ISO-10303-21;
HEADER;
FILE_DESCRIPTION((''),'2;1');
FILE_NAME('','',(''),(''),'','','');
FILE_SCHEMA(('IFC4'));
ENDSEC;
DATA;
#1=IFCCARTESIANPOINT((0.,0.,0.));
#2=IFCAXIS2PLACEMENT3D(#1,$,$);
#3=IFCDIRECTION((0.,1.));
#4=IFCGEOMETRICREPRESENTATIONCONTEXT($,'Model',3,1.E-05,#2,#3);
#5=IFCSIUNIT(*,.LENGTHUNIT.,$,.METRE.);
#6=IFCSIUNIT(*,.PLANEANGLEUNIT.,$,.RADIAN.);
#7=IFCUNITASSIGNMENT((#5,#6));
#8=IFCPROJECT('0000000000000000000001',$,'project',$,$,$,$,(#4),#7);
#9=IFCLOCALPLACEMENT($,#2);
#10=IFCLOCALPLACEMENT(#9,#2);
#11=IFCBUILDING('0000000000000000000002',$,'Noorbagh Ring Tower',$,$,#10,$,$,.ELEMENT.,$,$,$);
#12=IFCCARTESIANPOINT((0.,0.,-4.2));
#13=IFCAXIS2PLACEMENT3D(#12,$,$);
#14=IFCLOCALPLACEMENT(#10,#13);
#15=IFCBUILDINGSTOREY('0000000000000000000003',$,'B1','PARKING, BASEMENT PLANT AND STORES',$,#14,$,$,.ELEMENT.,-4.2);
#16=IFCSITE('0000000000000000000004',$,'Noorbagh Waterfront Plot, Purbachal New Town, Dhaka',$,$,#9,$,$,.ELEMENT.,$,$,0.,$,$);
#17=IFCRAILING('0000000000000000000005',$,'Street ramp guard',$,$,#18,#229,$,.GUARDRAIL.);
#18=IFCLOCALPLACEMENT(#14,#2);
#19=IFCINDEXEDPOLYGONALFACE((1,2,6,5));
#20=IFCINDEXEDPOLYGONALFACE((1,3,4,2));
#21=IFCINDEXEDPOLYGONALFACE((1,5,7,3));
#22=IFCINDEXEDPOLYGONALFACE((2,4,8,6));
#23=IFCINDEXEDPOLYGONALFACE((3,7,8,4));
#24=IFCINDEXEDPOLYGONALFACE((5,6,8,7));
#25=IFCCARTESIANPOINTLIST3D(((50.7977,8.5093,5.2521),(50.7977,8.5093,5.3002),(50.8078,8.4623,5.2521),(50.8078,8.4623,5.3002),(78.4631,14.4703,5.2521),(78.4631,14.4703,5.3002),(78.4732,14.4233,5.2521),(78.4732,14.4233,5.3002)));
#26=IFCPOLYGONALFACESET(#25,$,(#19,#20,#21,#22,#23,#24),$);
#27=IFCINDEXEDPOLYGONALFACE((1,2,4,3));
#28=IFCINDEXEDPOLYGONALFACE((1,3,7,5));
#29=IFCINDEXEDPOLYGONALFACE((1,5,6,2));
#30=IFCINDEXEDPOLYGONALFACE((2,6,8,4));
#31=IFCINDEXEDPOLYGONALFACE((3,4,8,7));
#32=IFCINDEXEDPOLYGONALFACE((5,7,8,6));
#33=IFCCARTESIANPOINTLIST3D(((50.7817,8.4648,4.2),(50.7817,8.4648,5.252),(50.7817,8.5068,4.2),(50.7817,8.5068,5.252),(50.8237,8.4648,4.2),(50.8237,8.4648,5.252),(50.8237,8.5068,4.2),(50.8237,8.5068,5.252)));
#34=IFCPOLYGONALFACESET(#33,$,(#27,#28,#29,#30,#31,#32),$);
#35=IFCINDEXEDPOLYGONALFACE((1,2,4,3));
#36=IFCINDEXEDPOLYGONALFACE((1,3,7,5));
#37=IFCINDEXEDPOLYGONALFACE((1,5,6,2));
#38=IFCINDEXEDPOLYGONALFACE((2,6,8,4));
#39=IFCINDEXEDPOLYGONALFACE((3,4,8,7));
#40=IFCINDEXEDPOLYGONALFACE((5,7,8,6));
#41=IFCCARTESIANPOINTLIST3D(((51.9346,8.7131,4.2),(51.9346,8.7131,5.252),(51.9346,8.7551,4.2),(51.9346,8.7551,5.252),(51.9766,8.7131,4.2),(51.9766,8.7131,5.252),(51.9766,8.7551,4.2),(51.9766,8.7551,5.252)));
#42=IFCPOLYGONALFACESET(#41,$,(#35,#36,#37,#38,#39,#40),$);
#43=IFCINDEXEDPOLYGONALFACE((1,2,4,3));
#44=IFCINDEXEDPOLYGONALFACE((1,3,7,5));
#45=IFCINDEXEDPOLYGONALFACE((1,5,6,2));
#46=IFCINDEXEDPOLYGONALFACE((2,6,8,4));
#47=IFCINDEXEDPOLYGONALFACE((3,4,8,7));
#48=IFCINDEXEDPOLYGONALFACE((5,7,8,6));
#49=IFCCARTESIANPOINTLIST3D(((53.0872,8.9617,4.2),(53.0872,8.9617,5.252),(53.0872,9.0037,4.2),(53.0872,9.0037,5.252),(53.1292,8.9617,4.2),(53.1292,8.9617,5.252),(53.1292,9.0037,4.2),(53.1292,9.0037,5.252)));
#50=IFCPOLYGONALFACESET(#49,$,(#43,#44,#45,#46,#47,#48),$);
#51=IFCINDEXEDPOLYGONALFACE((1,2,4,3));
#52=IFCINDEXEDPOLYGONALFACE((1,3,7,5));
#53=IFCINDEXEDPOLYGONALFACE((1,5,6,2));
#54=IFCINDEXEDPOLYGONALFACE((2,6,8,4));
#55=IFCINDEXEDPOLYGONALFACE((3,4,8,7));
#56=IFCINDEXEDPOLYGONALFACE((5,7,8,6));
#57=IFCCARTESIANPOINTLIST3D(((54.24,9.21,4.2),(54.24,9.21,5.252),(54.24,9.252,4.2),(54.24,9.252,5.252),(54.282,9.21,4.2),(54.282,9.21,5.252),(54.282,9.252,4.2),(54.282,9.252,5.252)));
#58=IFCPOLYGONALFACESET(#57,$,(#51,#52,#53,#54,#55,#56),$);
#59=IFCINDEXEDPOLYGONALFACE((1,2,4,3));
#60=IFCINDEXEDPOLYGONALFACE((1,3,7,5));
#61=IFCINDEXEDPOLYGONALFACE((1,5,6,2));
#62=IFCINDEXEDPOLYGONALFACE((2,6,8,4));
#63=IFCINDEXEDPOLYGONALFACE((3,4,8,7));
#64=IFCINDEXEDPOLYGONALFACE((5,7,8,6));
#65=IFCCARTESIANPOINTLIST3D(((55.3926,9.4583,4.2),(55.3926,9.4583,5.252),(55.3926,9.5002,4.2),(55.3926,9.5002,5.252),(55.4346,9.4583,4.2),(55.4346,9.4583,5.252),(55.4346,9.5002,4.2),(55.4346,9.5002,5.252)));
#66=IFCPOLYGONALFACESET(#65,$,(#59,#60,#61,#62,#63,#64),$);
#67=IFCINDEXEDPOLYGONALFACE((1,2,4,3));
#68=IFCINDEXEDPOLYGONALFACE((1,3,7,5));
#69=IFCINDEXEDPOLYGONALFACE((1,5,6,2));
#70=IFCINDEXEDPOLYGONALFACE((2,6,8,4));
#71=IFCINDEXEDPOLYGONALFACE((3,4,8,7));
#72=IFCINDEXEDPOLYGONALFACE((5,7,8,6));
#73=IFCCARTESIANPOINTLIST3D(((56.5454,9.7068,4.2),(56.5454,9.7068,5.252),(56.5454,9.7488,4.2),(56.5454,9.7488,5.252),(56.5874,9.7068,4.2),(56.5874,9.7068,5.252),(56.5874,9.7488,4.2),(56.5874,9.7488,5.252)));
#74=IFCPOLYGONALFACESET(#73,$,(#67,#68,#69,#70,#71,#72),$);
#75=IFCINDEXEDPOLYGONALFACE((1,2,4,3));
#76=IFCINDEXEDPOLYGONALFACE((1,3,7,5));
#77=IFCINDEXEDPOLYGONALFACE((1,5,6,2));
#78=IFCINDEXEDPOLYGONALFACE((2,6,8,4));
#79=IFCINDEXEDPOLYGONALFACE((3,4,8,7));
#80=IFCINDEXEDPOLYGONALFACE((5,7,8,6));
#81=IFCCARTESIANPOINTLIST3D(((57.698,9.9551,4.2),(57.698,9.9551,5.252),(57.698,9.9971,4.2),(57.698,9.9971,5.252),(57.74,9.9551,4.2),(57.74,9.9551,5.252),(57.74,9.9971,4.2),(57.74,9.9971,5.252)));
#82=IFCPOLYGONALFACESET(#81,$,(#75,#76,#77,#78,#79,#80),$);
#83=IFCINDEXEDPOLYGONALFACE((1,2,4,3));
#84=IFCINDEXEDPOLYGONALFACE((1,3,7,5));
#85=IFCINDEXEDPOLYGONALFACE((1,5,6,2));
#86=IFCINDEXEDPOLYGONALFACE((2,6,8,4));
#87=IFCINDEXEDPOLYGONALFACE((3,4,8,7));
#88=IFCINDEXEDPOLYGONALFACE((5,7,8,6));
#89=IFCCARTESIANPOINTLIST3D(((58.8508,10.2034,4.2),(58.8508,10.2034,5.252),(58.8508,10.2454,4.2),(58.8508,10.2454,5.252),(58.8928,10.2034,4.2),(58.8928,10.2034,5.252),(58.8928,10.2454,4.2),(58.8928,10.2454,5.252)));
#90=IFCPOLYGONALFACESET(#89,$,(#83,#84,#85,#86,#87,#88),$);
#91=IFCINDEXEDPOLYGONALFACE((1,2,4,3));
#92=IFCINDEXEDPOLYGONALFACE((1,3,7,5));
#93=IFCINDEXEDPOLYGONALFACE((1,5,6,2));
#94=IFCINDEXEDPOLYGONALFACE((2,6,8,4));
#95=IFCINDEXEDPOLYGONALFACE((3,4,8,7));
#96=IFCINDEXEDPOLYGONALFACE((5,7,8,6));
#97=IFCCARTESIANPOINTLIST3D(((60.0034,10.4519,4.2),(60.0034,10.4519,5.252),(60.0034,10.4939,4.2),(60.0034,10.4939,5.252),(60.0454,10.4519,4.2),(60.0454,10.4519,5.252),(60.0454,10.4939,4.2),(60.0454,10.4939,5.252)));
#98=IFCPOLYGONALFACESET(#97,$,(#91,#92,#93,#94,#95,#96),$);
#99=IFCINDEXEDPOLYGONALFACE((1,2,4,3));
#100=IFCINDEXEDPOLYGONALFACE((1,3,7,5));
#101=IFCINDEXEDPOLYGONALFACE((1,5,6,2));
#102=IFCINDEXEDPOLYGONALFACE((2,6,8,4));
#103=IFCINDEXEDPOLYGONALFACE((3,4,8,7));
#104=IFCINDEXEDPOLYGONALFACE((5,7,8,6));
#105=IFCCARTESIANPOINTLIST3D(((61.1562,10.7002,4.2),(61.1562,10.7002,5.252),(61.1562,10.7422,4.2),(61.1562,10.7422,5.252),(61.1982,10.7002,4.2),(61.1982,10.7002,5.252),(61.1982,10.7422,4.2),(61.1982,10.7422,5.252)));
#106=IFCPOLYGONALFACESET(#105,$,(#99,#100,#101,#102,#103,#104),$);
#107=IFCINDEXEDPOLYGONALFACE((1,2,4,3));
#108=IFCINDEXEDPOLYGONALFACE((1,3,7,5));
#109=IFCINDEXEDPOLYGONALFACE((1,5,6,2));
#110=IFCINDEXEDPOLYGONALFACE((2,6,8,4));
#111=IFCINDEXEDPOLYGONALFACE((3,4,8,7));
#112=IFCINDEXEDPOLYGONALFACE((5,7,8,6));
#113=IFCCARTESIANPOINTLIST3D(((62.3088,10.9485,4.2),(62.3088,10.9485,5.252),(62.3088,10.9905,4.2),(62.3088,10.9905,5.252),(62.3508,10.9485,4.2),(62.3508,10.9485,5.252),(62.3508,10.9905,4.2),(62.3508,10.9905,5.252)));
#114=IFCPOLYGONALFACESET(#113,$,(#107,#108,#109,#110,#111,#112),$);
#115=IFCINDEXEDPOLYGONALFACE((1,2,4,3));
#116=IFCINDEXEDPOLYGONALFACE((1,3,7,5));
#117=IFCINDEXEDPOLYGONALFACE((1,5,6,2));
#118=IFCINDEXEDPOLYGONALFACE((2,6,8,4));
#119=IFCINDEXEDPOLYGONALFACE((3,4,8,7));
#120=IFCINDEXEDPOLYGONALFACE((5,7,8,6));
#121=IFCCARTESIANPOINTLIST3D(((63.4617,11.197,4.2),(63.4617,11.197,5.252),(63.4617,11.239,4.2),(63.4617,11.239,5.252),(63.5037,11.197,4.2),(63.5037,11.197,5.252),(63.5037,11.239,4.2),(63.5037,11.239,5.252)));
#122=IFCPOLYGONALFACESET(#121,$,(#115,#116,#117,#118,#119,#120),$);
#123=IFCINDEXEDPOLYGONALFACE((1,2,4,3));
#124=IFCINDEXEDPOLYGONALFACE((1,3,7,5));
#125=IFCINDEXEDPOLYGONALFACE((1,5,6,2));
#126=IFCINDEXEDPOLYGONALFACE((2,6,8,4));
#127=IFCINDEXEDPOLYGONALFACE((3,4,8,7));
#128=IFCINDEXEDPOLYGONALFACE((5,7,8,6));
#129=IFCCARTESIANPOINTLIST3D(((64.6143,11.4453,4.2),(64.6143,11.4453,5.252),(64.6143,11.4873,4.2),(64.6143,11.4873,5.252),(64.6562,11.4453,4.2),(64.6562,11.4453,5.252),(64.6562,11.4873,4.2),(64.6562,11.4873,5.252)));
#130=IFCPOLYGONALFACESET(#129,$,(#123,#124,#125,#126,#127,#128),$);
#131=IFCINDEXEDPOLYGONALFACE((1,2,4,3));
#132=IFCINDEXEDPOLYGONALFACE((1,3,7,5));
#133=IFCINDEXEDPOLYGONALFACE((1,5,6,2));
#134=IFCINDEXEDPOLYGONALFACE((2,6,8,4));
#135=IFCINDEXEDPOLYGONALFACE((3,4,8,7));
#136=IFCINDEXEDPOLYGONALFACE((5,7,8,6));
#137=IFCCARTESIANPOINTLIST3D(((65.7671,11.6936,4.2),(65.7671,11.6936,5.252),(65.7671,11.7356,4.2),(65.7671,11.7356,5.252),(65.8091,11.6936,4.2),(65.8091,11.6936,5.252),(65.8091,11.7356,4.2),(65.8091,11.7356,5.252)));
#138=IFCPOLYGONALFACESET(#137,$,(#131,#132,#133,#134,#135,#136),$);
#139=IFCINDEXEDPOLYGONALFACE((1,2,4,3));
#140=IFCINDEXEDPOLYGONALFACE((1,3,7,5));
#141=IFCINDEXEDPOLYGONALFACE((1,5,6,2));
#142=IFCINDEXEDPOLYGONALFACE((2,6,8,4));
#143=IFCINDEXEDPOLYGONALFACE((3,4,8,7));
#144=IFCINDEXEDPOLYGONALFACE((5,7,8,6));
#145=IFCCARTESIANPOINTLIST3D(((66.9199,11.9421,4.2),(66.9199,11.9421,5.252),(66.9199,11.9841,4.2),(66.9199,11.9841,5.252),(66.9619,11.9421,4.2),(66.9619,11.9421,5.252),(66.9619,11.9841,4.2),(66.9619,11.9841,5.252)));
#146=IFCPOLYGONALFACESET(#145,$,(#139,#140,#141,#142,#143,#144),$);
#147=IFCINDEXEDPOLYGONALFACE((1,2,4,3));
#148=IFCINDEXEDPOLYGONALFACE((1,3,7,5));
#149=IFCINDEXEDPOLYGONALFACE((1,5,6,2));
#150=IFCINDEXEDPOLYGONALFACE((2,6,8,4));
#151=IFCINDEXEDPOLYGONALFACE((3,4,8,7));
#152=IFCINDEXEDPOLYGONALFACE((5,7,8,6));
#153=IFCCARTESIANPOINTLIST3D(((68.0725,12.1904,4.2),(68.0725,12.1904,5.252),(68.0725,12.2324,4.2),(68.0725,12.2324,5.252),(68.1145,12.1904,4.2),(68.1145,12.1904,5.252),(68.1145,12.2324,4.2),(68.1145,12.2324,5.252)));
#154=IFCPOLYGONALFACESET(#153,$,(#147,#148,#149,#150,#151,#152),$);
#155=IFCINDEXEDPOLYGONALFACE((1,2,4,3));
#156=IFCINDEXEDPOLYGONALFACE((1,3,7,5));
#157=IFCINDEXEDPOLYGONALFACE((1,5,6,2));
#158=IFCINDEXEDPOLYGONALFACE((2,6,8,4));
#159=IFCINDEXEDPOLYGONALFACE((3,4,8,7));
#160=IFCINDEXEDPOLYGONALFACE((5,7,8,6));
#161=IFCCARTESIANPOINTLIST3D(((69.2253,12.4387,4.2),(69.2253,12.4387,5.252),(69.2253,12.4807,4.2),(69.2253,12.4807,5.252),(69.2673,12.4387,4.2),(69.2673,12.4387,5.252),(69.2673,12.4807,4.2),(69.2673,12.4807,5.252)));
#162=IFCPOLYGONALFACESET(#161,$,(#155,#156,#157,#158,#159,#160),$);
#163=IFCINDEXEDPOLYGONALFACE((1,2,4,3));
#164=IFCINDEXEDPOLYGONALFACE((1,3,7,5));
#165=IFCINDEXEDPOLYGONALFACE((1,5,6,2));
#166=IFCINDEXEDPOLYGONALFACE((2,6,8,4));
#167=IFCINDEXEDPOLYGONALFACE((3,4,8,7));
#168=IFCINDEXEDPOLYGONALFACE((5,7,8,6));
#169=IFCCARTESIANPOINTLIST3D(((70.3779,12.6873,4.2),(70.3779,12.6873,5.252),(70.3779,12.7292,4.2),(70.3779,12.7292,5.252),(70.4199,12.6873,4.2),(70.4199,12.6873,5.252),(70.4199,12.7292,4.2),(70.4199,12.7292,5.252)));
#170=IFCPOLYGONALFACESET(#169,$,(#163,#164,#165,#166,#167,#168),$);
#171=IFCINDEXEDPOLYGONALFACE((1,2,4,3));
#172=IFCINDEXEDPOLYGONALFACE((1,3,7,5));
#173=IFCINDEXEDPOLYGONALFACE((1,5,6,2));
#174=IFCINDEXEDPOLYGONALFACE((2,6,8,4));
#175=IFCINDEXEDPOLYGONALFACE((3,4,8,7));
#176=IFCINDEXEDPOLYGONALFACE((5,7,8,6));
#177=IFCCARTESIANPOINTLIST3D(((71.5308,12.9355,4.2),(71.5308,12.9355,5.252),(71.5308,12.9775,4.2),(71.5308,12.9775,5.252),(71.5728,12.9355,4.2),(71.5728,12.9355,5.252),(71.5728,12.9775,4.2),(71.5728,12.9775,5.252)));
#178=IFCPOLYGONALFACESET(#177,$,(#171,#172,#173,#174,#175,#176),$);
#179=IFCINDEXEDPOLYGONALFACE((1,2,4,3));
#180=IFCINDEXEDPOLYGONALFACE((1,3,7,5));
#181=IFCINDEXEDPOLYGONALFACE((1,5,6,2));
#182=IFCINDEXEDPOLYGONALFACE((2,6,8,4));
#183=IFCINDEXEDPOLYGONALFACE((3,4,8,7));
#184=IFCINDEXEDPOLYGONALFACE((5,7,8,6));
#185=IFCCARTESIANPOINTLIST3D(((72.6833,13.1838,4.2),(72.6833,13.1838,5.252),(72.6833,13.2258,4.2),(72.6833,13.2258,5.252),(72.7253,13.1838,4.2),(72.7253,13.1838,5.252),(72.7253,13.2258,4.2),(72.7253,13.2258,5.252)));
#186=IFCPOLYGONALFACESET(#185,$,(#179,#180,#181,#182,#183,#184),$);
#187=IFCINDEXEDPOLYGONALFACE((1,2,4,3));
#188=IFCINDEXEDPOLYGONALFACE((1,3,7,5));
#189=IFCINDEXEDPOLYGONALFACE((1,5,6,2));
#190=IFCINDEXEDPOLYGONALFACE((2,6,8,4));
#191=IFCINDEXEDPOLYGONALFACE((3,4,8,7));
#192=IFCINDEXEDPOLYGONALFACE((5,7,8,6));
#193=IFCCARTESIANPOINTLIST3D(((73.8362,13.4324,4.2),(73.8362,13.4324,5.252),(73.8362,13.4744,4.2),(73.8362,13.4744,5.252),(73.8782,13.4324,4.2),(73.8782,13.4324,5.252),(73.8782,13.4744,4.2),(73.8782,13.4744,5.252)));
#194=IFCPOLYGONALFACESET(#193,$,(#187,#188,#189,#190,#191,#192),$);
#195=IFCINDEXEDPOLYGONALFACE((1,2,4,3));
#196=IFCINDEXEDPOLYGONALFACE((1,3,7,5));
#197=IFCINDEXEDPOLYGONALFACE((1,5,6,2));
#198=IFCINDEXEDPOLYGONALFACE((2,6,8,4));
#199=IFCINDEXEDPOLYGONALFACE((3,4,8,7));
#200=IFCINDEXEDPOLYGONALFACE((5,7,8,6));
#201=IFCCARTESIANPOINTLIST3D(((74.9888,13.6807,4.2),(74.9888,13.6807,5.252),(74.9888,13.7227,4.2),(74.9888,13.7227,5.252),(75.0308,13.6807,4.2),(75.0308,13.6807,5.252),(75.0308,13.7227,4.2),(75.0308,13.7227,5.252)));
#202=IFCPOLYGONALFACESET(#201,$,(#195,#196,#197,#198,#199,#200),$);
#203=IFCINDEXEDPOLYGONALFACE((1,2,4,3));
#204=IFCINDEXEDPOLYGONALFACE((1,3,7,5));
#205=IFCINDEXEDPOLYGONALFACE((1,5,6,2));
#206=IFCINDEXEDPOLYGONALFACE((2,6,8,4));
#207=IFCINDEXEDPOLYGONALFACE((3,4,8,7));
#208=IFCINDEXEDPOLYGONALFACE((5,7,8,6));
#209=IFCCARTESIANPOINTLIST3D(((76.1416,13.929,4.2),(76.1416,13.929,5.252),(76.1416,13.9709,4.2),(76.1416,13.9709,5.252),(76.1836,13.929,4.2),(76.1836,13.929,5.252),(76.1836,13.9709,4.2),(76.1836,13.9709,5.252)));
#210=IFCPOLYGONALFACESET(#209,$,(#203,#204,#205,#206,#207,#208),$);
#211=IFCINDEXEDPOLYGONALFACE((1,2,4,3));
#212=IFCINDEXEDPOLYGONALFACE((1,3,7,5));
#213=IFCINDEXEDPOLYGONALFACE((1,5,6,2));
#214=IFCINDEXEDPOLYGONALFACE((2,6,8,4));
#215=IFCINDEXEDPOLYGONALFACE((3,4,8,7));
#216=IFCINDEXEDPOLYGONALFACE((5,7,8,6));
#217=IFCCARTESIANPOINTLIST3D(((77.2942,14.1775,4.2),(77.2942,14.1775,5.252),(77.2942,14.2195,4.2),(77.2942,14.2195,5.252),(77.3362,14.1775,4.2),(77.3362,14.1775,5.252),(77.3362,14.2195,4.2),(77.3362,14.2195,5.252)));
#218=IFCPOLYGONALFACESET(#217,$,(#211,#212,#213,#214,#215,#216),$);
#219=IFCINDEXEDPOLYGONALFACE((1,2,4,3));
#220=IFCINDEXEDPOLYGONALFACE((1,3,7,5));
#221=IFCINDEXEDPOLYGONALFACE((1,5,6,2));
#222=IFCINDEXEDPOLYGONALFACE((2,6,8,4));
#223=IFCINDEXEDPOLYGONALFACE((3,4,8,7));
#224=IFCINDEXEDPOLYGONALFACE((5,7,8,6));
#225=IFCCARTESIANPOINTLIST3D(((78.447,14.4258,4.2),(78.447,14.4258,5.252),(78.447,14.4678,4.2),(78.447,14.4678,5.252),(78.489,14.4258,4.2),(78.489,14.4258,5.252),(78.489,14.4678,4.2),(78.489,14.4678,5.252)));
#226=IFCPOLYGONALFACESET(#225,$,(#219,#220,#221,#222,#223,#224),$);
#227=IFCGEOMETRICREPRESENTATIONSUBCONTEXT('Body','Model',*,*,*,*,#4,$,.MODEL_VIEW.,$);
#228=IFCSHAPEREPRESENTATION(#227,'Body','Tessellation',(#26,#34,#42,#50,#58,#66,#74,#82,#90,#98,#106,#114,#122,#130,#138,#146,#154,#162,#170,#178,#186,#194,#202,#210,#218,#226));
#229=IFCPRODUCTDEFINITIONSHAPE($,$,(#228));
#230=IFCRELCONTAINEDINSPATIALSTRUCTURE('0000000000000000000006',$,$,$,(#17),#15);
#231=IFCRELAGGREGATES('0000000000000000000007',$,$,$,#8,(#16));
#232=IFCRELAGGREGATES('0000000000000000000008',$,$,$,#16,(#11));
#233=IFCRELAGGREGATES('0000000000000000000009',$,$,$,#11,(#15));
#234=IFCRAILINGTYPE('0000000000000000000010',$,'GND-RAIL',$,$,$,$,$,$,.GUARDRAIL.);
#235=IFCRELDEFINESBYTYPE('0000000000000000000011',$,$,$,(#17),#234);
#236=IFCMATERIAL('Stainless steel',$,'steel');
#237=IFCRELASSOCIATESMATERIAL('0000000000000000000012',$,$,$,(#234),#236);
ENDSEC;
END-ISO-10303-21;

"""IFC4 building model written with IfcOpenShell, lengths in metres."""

from ifc_helpers import new_model, si_unit, direction, frame, origin, origin_2d, place, context, subcontext, project, spatial, rectangle, extrude, material, type_object, element, save


model = new_model("IFC4")

# Units and contexts
model_context = context("Model", 3, precision=1e-05, world=origin(), true_north=direction((0.0, 1.0)))
body_context = subcontext(model_context, "Body", "Model", "MODEL_VIEW")
ifc_project = project(units=[si_unit("LENGTHUNIT", "METRE"), si_unit("PLANEANGLEUNIT", "RADIAN")], contexts=[model_context])

# Site, building, storey
site_placement = place(None, origin())
site = spatial("IfcSite", under=ifc_project, at=site_placement, Name="Noorbagh Waterfront Plot, Purbachal New Town, Dhaka", CompositionType="ELEMENT", RefElevation=0.0)
building_placement = place(site_placement, origin())
building = spatial("IfcBuilding", under=site, at=building_placement, Name="Noorbagh Ring Tower", CompositionType="ELEMENT")
storey_placement = place(building_placement, frame((0.0, 0.0, -4.2)))
storey = spatial("IfcBuildingStorey", under=building, at=storey_placement, Name="B1", Description="PARKING, BASEMENT PLANT AND STORES", CompositionType="ELEMENT", Elevation=-4.2)

# Railing
ifc_material_1 = material(Name="Stainless steel", Category="steel")
railing_type_1 = type_object("IfcRailingType", Name="GND-RAIL", PredefinedType="GUARDRAIL", material=ifc_material_1)
railing_1_placement = place(storey_placement, frame((50.8027, 8.4858, 4.2)))
element("IfcRailing", 1, at=railing_1_placement, inside=storey, type_object=railing_type_1, Name="Street ramp guard", PredefinedType="GUARDRAIL", context=body_context, shape_type="SweptSolid", body=[
    extrude(rectangle(XDim=0.0481, YDim=0.0481, at=origin_2d()), frame((0.0, 0.0, 1.0762), z_axis=(0.977565, 0.210632, 0.0), x_axis=(-0.210632, 0.977565, 0.0)), (0.0, 0.0, 1.0), 28.3003),
    extrude(rectangle(XDim=0.042, YDim=0.042, at=origin_2d()), origin(), (0.0, 0.0, 1.0), 1.052),
    extrude(rectangle(XDim=0.042, YDim=0.042, at=origin_2d()), frame((1.1528, 0.2483, 0.0)), (0.0, 0.0, 1.0), 1.052),
    extrude(rectangle(XDim=0.042, YDim=0.042, at=origin_2d()), frame((2.3054, 0.4968, 0.0)), (0.0, 0.0, 1.0), 1.052),
    extrude(rectangle(XDim=0.042, YDim=0.042, at=origin_2d()), frame((3.4583, 0.7451, 0.0)), (0.0, 0.0, 1.0), 1.052),
    extrude(rectangle(XDim=0.042, YDim=0.042, at=origin_2d()), frame((4.6108, 0.9934, 0.0)), (0.0, 0.0, 1.0), 1.052),
    extrude(rectangle(XDim=0.042, YDim=0.042, at=origin_2d()), frame((5.7637, 1.2419, 0.0)), (0.0, 0.0, 1.0), 1.052),
    extrude(rectangle(XDim=0.042, YDim=0.042, at=origin_2d()), frame((6.9163, 1.4902, 0.0)), (0.0, 0.0, 1.0), 1.052),
    extrude(rectangle(XDim=0.042, YDim=0.042, at=origin_2d()), frame((8.0691, 1.7385, 0.0)), (0.0, 0.0, 1.0), 1.052),
    extrude(rectangle(XDim=0.042, YDim=0.042, at=origin_2d()), frame((9.2217, 1.9871, 0.0)), (0.0, 0.0, 1.0), 1.052),
    extrude(rectangle(XDim=0.042, YDim=0.042, at=origin_2d()), frame((10.3745, 2.2354, 0.0)), (0.0, 0.0, 1.0), 1.052),
    extrude(rectangle(XDim=0.042, YDim=0.042, at=origin_2d()), frame((11.5271, 2.4836, 0.0)), (0.0, 0.0, 1.0), 1.052),
    extrude(rectangle(XDim=0.042, YDim=0.042, at=origin_2d()), frame((12.6799, 2.7322, 0.0)), (0.0, 0.0, 1.0), 1.052),
    extrude(rectangle(XDim=0.042, YDim=0.042, at=origin_2d()), frame((13.8325, 2.9805, 0.0)), (0.0, 0.0, 1.0), 1.052),
    extrude(rectangle(XDim=0.042, YDim=0.042, at=origin_2d()), frame((14.9854, 3.2288, 0.0)), (0.0, 0.0, 1.0), 1.052),
    extrude(rectangle(XDim=0.042, YDim=0.042, at=origin_2d()), frame((16.1382, 3.4773, 0.0)), (0.0, 0.0, 1.0), 1.052),
    extrude(rectangle(XDim=0.042, YDim=0.042, at=origin_2d()), frame((17.2908, 3.7256, 0.0)), (0.0, 0.0, 1.0), 1.052),
    extrude(rectangle(XDim=0.042, YDim=0.042, at=origin_2d()), frame((18.4436, 3.9739, 0.0)), (0.0, 0.0, 1.0), 1.052),
    extrude(rectangle(XDim=0.042, YDim=0.042, at=origin_2d()), frame((19.5962, 4.2224, 0.0)), (0.0, 0.0, 1.0), 1.052),
    extrude(rectangle(XDim=0.042, YDim=0.042, at=origin_2d()), frame((20.749, 4.4707, 0.0)), (0.0, 0.0, 1.0), 1.052),
    extrude(rectangle(XDim=0.042, YDim=0.042, at=origin_2d()), frame((21.9016, 4.719, 0.0)), (0.0, 0.0, 1.0), 1.052),
    extrude(rectangle(XDim=0.042, YDim=0.042, at=origin_2d()), frame((23.0544, 4.9675, 0.0)), (0.0, 0.0, 1.0), 1.052),
    extrude(rectangle(XDim=0.042, YDim=0.042, at=origin_2d()), frame((24.207, 5.2158, 0.0)), (0.0, 0.0, 1.0), 1.052),
    extrude(rectangle(XDim=0.042, YDim=0.042, at=origin_2d()), frame((25.3599, 5.4641, 0.0)), (0.0, 0.0, 1.0), 1.052),
    extrude(rectangle(XDim=0.042, YDim=0.042, at=origin_2d()), frame((26.5125, 5.7126, 0.0)), (0.0, 0.0, 1.0), 1.052),
    extrude(rectangle(XDim=0.042, YDim=0.042, at=origin_2d()), frame((27.6653, 5.9609, 0.0)), (0.0, 0.0, 1.0), 1.052),
])

save(model, "model.ifc")
